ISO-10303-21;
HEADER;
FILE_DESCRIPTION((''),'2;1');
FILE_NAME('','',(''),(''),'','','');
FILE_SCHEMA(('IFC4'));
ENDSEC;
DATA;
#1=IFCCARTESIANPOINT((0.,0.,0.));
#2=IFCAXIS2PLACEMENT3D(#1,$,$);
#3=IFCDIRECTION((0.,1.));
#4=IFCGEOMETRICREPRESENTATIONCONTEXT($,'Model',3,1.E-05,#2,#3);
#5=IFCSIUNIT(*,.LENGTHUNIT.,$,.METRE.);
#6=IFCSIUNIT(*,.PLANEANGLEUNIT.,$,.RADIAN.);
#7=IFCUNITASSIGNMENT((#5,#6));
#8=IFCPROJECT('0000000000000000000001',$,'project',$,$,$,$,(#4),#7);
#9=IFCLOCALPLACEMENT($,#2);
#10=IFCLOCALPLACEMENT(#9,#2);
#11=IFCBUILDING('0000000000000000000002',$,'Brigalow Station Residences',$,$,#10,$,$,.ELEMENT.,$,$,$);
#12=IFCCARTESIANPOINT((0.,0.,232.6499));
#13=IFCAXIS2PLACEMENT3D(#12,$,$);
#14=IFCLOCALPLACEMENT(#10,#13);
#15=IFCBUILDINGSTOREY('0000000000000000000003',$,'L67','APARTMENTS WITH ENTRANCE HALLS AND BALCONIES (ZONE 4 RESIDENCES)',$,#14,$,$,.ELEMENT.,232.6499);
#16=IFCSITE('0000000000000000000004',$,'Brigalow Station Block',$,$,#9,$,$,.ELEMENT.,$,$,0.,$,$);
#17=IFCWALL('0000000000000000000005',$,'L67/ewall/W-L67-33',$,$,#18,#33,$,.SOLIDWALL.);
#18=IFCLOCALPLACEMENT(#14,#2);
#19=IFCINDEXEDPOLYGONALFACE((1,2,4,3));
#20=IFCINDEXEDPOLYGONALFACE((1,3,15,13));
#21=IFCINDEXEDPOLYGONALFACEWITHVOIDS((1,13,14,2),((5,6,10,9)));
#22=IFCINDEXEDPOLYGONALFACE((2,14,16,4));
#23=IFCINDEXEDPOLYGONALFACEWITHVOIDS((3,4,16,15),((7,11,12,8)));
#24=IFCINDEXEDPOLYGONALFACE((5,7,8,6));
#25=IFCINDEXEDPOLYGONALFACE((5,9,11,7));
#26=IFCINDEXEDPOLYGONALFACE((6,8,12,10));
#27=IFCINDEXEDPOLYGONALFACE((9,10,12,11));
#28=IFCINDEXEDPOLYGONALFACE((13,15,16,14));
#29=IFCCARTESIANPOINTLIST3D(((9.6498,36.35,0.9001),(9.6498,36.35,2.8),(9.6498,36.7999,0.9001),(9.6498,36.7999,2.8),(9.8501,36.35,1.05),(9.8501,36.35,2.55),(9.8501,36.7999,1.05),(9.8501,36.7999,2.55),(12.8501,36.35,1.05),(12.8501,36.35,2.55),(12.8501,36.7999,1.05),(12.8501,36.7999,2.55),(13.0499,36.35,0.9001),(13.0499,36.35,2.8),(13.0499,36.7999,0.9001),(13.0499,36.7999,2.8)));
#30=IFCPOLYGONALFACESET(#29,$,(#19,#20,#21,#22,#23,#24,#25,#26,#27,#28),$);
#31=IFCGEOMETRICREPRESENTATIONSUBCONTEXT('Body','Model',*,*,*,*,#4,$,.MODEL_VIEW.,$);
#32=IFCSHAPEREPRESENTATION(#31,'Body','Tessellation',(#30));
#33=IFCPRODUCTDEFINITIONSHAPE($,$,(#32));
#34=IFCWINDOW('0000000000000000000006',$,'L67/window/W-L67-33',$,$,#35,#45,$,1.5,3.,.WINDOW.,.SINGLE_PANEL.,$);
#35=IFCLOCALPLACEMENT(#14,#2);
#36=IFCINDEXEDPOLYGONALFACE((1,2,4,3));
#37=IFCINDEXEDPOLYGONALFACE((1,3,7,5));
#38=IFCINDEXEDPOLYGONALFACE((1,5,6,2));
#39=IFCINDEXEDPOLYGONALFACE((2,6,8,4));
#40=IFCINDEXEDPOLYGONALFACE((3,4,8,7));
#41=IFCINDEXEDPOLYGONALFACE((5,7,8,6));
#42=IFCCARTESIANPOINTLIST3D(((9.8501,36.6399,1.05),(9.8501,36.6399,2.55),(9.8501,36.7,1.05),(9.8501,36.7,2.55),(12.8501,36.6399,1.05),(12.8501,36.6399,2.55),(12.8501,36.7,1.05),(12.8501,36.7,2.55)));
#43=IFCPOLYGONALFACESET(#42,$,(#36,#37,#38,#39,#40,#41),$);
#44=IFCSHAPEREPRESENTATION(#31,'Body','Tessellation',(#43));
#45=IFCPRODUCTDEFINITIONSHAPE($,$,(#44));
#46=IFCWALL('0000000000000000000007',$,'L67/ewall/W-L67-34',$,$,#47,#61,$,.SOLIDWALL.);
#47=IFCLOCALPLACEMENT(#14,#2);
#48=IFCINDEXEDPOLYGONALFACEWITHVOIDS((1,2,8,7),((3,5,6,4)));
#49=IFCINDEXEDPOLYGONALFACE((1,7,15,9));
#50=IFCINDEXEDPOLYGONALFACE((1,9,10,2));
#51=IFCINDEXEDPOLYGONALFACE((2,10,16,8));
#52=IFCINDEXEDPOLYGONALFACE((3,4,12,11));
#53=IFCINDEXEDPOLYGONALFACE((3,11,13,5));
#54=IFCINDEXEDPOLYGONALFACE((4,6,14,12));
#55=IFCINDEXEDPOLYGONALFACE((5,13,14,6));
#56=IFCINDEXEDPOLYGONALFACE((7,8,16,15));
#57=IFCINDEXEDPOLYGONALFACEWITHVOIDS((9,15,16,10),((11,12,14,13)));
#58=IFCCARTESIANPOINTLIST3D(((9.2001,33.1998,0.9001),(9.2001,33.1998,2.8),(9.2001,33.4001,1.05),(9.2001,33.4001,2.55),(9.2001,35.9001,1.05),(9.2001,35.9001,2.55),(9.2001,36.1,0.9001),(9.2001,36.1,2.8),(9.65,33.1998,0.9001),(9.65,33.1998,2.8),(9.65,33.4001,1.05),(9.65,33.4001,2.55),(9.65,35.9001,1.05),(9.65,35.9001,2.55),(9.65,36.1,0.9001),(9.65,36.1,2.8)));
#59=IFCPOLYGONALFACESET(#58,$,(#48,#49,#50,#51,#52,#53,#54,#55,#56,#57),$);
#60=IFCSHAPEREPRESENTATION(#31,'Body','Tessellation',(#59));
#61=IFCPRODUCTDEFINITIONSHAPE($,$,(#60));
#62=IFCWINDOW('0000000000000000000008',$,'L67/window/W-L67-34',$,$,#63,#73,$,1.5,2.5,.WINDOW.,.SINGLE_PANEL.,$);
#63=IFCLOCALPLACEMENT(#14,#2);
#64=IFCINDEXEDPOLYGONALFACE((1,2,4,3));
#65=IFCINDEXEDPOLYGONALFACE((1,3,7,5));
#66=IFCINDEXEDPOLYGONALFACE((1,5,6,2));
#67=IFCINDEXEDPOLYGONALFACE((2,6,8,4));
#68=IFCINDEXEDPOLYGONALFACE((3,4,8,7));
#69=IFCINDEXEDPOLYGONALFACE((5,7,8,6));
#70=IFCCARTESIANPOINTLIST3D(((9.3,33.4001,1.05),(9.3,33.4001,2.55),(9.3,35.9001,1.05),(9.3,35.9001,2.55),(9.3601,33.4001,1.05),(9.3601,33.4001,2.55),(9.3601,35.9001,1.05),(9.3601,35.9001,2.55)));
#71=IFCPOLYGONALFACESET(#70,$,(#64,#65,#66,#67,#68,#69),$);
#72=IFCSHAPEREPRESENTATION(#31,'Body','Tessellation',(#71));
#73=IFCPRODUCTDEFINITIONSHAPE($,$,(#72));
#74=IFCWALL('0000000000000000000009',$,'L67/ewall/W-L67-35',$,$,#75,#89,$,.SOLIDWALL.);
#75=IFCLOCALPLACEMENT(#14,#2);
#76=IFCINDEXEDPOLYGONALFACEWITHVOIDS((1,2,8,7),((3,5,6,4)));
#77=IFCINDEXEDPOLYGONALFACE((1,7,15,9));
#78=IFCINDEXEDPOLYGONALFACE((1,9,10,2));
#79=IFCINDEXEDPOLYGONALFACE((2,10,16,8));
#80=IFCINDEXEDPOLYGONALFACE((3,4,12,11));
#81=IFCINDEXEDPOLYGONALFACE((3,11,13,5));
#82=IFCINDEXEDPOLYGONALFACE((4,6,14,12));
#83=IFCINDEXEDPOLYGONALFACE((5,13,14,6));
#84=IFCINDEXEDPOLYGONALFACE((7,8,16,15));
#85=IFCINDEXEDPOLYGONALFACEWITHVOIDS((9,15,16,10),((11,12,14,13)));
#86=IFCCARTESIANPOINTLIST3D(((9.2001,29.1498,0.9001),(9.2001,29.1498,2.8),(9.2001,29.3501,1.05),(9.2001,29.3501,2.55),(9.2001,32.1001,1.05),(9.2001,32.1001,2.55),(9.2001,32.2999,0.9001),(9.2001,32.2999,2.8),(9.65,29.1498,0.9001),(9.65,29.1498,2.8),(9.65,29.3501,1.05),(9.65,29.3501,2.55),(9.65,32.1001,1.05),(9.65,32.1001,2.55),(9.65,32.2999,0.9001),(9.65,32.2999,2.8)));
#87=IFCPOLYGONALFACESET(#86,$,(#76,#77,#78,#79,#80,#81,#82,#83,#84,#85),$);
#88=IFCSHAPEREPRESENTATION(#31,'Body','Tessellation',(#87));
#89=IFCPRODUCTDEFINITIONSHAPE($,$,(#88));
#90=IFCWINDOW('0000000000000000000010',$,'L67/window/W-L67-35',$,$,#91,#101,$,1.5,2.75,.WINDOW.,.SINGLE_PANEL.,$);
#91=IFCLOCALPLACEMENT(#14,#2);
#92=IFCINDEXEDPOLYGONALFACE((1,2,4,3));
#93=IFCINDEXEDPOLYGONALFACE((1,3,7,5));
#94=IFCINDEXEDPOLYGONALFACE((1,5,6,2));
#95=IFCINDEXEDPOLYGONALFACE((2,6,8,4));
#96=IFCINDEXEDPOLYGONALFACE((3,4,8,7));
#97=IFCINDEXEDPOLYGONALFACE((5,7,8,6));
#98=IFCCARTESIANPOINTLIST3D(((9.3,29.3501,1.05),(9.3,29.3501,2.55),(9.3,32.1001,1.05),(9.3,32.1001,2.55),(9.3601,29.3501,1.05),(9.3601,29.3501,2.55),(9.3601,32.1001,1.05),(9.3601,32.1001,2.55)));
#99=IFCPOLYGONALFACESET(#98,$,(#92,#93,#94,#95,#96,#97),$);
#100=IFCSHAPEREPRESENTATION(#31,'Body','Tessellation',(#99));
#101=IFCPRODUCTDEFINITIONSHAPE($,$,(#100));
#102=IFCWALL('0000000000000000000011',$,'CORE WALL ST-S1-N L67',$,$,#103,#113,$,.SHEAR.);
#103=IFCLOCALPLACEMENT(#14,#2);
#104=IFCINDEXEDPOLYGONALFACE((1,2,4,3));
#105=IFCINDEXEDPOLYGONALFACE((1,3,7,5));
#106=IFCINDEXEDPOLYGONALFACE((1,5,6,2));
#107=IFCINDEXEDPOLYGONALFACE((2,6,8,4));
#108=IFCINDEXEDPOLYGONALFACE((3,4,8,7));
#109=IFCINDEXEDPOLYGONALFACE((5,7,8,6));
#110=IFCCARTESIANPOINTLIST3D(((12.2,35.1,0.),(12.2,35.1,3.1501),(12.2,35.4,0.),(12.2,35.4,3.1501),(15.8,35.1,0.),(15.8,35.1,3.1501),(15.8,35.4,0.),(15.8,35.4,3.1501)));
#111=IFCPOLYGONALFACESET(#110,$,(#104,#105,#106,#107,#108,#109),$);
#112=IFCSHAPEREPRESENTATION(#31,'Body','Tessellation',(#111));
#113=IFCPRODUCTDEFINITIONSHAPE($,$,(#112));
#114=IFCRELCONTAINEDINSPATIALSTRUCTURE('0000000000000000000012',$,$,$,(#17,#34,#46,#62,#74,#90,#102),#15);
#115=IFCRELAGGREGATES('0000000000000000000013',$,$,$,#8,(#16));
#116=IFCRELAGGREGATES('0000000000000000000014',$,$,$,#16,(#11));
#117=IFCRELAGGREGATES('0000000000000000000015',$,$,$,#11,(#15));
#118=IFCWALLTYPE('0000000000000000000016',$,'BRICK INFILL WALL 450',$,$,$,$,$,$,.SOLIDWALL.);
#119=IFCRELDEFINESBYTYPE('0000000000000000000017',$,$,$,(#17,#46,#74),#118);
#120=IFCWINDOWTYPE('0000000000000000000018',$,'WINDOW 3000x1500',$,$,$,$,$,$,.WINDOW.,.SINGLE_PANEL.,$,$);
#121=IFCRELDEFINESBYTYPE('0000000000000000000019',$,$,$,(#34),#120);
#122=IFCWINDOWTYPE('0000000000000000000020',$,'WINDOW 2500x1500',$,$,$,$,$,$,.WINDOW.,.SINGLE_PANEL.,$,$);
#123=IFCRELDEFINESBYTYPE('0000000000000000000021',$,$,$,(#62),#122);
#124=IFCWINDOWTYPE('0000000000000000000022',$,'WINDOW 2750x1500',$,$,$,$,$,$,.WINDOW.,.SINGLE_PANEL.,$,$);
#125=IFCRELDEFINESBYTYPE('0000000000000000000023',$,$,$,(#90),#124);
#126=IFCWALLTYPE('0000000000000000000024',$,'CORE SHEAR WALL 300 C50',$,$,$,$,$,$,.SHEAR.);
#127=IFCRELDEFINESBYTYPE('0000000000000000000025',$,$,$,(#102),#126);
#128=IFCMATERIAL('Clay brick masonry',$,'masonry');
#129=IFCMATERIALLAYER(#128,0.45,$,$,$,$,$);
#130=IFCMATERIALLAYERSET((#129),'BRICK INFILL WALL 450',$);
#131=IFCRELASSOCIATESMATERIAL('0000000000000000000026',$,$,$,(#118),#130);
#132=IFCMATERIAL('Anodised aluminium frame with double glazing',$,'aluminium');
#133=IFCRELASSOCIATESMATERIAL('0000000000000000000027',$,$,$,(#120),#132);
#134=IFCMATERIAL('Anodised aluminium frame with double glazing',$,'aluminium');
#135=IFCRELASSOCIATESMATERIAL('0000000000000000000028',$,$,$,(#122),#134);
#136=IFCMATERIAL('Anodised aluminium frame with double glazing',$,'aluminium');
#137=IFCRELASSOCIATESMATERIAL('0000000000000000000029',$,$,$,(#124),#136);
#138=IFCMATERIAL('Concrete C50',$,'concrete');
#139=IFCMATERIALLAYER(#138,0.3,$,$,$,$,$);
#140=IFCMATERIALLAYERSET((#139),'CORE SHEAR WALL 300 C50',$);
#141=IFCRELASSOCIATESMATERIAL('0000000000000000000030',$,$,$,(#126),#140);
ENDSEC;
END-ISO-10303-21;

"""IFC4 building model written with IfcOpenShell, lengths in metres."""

from ifc_helpers import new_model, si_unit, direction, frame, frame_2d, origin, place, context, subcontext, project, spatial, rectangle, extrude, material, layer, layer_set, type_object, element, fill, save


model = new_model("IFC4")

# Units and contexts
model_context = context("Model", 3, precision=1e-05, world=origin(), true_north=direction((0.0, 1.0)))
body_context = subcontext(model_context, "Body", "Model", "MODEL_VIEW")
ifc_project = project(units=[si_unit("LENGTHUNIT", "METRE"), si_unit("PLANEANGLEUNIT", "RADIAN")], contexts=[model_context])

# Site, building, storey
site_placement = place(None, origin())
site = spatial("IfcSite", under=ifc_project, at=site_placement, Name="Brigalow Station Block", CompositionType="ELEMENT", RefElevation=0.0)
building_placement = place(site_placement, origin())
building = spatial("IfcBuilding", under=site, at=building_placement, Name="Brigalow Station Residences", CompositionType="ELEMENT")
storey_placement = place(building_placement, frame((0.0, 0.0, 232.6499)))
storey = spatial("IfcBuildingStorey", under=building, at=storey_placement, Name="L67", Description="APARTMENTS WITH ENTRANCE HALLS AND BALCONIES (ZONE 4 RESIDENCES)", CompositionType="ELEMENT", Elevation=232.6499)

# Shared definitions
ifc_material_1 = material(Name="Clay brick masonry", Category="masonry")
ifc_layer_1 = layer(ifc_material_1, 0.45)
ifc_layer_set_1 = layer_set([ifc_layer_1], Name="BRICK INFILL WALL 450")
wall_type_1 = type_object("IfcWallType", Name="BRICK INFILL WALL 450", PredefinedType="SOLIDWALL", material=ifc_layer_set_1)

# Walls, openings, windows
wall_1_placement = place(storey_placement, frame((13.05, 36.575, 0.9001), z_axis=(0.0, 0.0, 1.0), x_axis=(-1.0, 0.0, 0.0)))
wall_1 = element("IfcWall", 1, at=wall_1_placement, inside=storey, type_object=wall_type_1, Name="L67/ewall/W-L67-33", PredefinedType="SOLIDWALL", context=body_context, shape_type="SweptSolid", body=[
    extrude(rectangle(XDim=3.4001, YDim=0.45, at=frame_2d((1.7002, 0.0))), origin(), (0.0, 0.0, 1.0), 1.8999),
])
opening_1_placement = place(wall_1_placement, frame((0.2, 0.0, 0.1499)))
opening_1 = element("IfcOpeningElement", 2, at=opening_1_placement, cuts=wall_1, PredefinedType="OPENING", context=body_context, shape_type="SweptSolid", body=[
    extrude(rectangle(XDim=3.0, YDim=1.5, at=frame_2d((1.5, 0.75))), frame((0.0, 0.2349, 0.0), z_axis=(0.0, -1.0, 0.0), x_axis=(1.0, 0.0, 0.0)), (0.0, 0.0, 1.0), 0.47),
])
ifc_material_2 = material(Name="Anodised aluminium frame with double glazing", Category="aluminium")
window_type_1 = type_object("IfcWindowType", Name="WINDOW 3000x1500", PartitioningType="SINGLE_PANEL", PredefinedType="WINDOW", material=ifc_material_2)
window_1_placement = place(opening_1_placement, origin())
window_1 = element("IfcWindow", 3, at=window_1_placement, inside=storey, type_object=window_type_1, Name="L67/window/W-L67-33", OverallHeight=1.5, OverallWidth=3.0, PartitioningType="SINGLE_PANEL", PredefinedType="WINDOW", context=body_context, shape_type="SweptSolid", body=[
    extrude(rectangle(XDim=3.0, YDim=1.5, at=frame_2d((1.5, 0.75))), frame((0.0, -0.0649, 0.0), z_axis=(0.0, -1.0, 0.0), x_axis=(1.0, 0.0, 0.0)), (0.0, 0.0, 1.0), 0.0601),
])
fill(opening_1, window_1)
wall_2_placement = place(storey_placement, frame((9.425, 36.1001, 0.9001), z_axis=(0.0, 0.0, 1.0), x_axis=(0.0, -1.0, 0.0)))
wall_2 = element("IfcWall", 4, at=wall_2_placement, inside=storey, type_object=wall_type_1, Name="L67/ewall/W-L67-34", PredefinedType="SOLIDWALL", context=body_context, shape_type="SweptSolid", body=[
    extrude(rectangle(XDim=2.9001, YDim=0.45, at=frame_2d((1.4502, 0.0))), origin(), (0.0, 0.0, 1.0), 1.8999),
])
opening_2_placement = place(wall_2_placement, frame((0.2, 0.0, 0.1499)))
opening_2 = element("IfcOpeningElement", 5, at=opening_2_placement, cuts=wall_2, PredefinedType="OPENING", context=body_context, shape_type="SweptSolid", body=[
    extrude(rectangle(XDim=2.5, YDim=1.5, at=frame_2d((1.25, 0.75))), frame((0.0, 0.2349, 0.0), z_axis=(0.0, -1.0, 0.0), x_axis=(1.0, 0.0, 0.0)), (0.0, 0.0, 1.0), 0.47),
])
ifc_material_3 = material(Name="Anodised aluminium frame with double glazing", Category="aluminium")
window_type_2 = type_object("IfcWindowType", Name="WINDOW 2500x1500", PartitioningType="SINGLE_PANEL", PredefinedType="WINDOW", material=ifc_material_3)
window_2_placement = place(opening_2_placement, origin())
window_2 = element("IfcWindow", 6, at=window_2_placement, inside=storey, type_object=window_type_2, Name="L67/window/W-L67-34", OverallHeight=1.5, OverallWidth=2.5, PartitioningType="SINGLE_PANEL", PredefinedType="WINDOW", context=body_context, shape_type="SweptSolid", body=[
    extrude(rectangle(XDim=2.5, YDim=1.5, at=frame_2d((1.25, 0.75))), frame((0.0, -0.0649, 0.0), z_axis=(0.0, -1.0, 0.0), x_axis=(1.0, 0.0, 0.0)), (0.0, 0.0, 1.0), 0.0601),
])
fill(opening_2, window_2)
wall_3_placement = place(storey_placement, frame((9.425, 32.3, 0.9001), z_axis=(0.0, 0.0, 1.0), x_axis=(0.0, -1.0, 0.0)))
wall_3 = element("IfcWall", 7, at=wall_3_placement, inside=storey, type_object=wall_type_1, Name="L67/ewall/W-L67-35", PredefinedType="SOLIDWALL", context=body_context, shape_type="SweptSolid", body=[
    extrude(rectangle(XDim=3.1501, YDim=0.45, at=frame_2d((1.5752, 0.0))), origin(), (0.0, 0.0, 1.0), 1.8999),
])
opening_3_placement = place(wall_3_placement, frame((0.2, 0.0, 0.1499)))
opening_3 = element("IfcOpeningElement", 8, at=opening_3_placement, cuts=wall_3, PredefinedType="OPENING", context=body_context, shape_type="SweptSolid", body=[
    extrude(rectangle(XDim=2.75, YDim=1.5, at=frame_2d((1.375, 0.75))), frame((0.0, 0.2349, 0.0), z_axis=(0.0, -1.0, 0.0), x_axis=(1.0, 0.0, 0.0)), (0.0, 0.0, 1.0), 0.47),
])
ifc_material_4 = material(Name="Anodised aluminium frame with double glazing", Category="aluminium")
window_type_3 = type_object("IfcWindowType", Name="WINDOW 2750x1500", PartitioningType="SINGLE_PANEL", PredefinedType="WINDOW", material=ifc_material_4)
window_3_placement = place(opening_3_placement, origin())
window_3 = element("IfcWindow", 9, at=window_3_placement, inside=storey, type_object=window_type_3, Name="L67/window/W-L67-35", OverallHeight=1.5, OverallWidth=2.75, PartitioningType="SINGLE_PANEL", PredefinedType="WINDOW", context=body_context, shape_type="SweptSolid", body=[
    extrude(rectangle(XDim=2.75, YDim=1.5, at=frame_2d((1.375, 0.75))), frame((0.0, -0.0649, 0.0), z_axis=(0.0, -1.0, 0.0), x_axis=(1.0, 0.0, 0.0)), (0.0, 0.0, 1.0), 0.0601),
])
fill(opening_3, window_3)

# Wall
ifc_material_5 = material(Name="Concrete C50", Category="concrete")
ifc_layer_2 = layer(ifc_material_5, 0.3)
ifc_layer_set_2 = layer_set([ifc_layer_2], Name="CORE SHEAR WALL 300 C50")
wall_type_2 = type_object("IfcWallType", Name="CORE SHEAR WALL 300 C50", PredefinedType="SHEAR", material=ifc_layer_set_2)
wall_4_placement = place(storey_placement, frame((12.2, 35.25, 0.0), z_axis=(0.0, 0.0, 1.0), x_axis=(1.0, 0.0, 0.0)))
element("IfcWall", 10, at=wall_4_placement, inside=storey, type_object=wall_type_2, Name="CORE WALL ST-S1-N L67", PredefinedType="SHEAR", context=body_context, shape_type="SweptSolid", body=[
    extrude(rectangle(XDim=3.6001, YDim=0.3, at=frame_2d((1.8, 0.0))), origin(), (0.0, 0.0, 1.0), 3.1501),
])

save(model, "model.ifc")
